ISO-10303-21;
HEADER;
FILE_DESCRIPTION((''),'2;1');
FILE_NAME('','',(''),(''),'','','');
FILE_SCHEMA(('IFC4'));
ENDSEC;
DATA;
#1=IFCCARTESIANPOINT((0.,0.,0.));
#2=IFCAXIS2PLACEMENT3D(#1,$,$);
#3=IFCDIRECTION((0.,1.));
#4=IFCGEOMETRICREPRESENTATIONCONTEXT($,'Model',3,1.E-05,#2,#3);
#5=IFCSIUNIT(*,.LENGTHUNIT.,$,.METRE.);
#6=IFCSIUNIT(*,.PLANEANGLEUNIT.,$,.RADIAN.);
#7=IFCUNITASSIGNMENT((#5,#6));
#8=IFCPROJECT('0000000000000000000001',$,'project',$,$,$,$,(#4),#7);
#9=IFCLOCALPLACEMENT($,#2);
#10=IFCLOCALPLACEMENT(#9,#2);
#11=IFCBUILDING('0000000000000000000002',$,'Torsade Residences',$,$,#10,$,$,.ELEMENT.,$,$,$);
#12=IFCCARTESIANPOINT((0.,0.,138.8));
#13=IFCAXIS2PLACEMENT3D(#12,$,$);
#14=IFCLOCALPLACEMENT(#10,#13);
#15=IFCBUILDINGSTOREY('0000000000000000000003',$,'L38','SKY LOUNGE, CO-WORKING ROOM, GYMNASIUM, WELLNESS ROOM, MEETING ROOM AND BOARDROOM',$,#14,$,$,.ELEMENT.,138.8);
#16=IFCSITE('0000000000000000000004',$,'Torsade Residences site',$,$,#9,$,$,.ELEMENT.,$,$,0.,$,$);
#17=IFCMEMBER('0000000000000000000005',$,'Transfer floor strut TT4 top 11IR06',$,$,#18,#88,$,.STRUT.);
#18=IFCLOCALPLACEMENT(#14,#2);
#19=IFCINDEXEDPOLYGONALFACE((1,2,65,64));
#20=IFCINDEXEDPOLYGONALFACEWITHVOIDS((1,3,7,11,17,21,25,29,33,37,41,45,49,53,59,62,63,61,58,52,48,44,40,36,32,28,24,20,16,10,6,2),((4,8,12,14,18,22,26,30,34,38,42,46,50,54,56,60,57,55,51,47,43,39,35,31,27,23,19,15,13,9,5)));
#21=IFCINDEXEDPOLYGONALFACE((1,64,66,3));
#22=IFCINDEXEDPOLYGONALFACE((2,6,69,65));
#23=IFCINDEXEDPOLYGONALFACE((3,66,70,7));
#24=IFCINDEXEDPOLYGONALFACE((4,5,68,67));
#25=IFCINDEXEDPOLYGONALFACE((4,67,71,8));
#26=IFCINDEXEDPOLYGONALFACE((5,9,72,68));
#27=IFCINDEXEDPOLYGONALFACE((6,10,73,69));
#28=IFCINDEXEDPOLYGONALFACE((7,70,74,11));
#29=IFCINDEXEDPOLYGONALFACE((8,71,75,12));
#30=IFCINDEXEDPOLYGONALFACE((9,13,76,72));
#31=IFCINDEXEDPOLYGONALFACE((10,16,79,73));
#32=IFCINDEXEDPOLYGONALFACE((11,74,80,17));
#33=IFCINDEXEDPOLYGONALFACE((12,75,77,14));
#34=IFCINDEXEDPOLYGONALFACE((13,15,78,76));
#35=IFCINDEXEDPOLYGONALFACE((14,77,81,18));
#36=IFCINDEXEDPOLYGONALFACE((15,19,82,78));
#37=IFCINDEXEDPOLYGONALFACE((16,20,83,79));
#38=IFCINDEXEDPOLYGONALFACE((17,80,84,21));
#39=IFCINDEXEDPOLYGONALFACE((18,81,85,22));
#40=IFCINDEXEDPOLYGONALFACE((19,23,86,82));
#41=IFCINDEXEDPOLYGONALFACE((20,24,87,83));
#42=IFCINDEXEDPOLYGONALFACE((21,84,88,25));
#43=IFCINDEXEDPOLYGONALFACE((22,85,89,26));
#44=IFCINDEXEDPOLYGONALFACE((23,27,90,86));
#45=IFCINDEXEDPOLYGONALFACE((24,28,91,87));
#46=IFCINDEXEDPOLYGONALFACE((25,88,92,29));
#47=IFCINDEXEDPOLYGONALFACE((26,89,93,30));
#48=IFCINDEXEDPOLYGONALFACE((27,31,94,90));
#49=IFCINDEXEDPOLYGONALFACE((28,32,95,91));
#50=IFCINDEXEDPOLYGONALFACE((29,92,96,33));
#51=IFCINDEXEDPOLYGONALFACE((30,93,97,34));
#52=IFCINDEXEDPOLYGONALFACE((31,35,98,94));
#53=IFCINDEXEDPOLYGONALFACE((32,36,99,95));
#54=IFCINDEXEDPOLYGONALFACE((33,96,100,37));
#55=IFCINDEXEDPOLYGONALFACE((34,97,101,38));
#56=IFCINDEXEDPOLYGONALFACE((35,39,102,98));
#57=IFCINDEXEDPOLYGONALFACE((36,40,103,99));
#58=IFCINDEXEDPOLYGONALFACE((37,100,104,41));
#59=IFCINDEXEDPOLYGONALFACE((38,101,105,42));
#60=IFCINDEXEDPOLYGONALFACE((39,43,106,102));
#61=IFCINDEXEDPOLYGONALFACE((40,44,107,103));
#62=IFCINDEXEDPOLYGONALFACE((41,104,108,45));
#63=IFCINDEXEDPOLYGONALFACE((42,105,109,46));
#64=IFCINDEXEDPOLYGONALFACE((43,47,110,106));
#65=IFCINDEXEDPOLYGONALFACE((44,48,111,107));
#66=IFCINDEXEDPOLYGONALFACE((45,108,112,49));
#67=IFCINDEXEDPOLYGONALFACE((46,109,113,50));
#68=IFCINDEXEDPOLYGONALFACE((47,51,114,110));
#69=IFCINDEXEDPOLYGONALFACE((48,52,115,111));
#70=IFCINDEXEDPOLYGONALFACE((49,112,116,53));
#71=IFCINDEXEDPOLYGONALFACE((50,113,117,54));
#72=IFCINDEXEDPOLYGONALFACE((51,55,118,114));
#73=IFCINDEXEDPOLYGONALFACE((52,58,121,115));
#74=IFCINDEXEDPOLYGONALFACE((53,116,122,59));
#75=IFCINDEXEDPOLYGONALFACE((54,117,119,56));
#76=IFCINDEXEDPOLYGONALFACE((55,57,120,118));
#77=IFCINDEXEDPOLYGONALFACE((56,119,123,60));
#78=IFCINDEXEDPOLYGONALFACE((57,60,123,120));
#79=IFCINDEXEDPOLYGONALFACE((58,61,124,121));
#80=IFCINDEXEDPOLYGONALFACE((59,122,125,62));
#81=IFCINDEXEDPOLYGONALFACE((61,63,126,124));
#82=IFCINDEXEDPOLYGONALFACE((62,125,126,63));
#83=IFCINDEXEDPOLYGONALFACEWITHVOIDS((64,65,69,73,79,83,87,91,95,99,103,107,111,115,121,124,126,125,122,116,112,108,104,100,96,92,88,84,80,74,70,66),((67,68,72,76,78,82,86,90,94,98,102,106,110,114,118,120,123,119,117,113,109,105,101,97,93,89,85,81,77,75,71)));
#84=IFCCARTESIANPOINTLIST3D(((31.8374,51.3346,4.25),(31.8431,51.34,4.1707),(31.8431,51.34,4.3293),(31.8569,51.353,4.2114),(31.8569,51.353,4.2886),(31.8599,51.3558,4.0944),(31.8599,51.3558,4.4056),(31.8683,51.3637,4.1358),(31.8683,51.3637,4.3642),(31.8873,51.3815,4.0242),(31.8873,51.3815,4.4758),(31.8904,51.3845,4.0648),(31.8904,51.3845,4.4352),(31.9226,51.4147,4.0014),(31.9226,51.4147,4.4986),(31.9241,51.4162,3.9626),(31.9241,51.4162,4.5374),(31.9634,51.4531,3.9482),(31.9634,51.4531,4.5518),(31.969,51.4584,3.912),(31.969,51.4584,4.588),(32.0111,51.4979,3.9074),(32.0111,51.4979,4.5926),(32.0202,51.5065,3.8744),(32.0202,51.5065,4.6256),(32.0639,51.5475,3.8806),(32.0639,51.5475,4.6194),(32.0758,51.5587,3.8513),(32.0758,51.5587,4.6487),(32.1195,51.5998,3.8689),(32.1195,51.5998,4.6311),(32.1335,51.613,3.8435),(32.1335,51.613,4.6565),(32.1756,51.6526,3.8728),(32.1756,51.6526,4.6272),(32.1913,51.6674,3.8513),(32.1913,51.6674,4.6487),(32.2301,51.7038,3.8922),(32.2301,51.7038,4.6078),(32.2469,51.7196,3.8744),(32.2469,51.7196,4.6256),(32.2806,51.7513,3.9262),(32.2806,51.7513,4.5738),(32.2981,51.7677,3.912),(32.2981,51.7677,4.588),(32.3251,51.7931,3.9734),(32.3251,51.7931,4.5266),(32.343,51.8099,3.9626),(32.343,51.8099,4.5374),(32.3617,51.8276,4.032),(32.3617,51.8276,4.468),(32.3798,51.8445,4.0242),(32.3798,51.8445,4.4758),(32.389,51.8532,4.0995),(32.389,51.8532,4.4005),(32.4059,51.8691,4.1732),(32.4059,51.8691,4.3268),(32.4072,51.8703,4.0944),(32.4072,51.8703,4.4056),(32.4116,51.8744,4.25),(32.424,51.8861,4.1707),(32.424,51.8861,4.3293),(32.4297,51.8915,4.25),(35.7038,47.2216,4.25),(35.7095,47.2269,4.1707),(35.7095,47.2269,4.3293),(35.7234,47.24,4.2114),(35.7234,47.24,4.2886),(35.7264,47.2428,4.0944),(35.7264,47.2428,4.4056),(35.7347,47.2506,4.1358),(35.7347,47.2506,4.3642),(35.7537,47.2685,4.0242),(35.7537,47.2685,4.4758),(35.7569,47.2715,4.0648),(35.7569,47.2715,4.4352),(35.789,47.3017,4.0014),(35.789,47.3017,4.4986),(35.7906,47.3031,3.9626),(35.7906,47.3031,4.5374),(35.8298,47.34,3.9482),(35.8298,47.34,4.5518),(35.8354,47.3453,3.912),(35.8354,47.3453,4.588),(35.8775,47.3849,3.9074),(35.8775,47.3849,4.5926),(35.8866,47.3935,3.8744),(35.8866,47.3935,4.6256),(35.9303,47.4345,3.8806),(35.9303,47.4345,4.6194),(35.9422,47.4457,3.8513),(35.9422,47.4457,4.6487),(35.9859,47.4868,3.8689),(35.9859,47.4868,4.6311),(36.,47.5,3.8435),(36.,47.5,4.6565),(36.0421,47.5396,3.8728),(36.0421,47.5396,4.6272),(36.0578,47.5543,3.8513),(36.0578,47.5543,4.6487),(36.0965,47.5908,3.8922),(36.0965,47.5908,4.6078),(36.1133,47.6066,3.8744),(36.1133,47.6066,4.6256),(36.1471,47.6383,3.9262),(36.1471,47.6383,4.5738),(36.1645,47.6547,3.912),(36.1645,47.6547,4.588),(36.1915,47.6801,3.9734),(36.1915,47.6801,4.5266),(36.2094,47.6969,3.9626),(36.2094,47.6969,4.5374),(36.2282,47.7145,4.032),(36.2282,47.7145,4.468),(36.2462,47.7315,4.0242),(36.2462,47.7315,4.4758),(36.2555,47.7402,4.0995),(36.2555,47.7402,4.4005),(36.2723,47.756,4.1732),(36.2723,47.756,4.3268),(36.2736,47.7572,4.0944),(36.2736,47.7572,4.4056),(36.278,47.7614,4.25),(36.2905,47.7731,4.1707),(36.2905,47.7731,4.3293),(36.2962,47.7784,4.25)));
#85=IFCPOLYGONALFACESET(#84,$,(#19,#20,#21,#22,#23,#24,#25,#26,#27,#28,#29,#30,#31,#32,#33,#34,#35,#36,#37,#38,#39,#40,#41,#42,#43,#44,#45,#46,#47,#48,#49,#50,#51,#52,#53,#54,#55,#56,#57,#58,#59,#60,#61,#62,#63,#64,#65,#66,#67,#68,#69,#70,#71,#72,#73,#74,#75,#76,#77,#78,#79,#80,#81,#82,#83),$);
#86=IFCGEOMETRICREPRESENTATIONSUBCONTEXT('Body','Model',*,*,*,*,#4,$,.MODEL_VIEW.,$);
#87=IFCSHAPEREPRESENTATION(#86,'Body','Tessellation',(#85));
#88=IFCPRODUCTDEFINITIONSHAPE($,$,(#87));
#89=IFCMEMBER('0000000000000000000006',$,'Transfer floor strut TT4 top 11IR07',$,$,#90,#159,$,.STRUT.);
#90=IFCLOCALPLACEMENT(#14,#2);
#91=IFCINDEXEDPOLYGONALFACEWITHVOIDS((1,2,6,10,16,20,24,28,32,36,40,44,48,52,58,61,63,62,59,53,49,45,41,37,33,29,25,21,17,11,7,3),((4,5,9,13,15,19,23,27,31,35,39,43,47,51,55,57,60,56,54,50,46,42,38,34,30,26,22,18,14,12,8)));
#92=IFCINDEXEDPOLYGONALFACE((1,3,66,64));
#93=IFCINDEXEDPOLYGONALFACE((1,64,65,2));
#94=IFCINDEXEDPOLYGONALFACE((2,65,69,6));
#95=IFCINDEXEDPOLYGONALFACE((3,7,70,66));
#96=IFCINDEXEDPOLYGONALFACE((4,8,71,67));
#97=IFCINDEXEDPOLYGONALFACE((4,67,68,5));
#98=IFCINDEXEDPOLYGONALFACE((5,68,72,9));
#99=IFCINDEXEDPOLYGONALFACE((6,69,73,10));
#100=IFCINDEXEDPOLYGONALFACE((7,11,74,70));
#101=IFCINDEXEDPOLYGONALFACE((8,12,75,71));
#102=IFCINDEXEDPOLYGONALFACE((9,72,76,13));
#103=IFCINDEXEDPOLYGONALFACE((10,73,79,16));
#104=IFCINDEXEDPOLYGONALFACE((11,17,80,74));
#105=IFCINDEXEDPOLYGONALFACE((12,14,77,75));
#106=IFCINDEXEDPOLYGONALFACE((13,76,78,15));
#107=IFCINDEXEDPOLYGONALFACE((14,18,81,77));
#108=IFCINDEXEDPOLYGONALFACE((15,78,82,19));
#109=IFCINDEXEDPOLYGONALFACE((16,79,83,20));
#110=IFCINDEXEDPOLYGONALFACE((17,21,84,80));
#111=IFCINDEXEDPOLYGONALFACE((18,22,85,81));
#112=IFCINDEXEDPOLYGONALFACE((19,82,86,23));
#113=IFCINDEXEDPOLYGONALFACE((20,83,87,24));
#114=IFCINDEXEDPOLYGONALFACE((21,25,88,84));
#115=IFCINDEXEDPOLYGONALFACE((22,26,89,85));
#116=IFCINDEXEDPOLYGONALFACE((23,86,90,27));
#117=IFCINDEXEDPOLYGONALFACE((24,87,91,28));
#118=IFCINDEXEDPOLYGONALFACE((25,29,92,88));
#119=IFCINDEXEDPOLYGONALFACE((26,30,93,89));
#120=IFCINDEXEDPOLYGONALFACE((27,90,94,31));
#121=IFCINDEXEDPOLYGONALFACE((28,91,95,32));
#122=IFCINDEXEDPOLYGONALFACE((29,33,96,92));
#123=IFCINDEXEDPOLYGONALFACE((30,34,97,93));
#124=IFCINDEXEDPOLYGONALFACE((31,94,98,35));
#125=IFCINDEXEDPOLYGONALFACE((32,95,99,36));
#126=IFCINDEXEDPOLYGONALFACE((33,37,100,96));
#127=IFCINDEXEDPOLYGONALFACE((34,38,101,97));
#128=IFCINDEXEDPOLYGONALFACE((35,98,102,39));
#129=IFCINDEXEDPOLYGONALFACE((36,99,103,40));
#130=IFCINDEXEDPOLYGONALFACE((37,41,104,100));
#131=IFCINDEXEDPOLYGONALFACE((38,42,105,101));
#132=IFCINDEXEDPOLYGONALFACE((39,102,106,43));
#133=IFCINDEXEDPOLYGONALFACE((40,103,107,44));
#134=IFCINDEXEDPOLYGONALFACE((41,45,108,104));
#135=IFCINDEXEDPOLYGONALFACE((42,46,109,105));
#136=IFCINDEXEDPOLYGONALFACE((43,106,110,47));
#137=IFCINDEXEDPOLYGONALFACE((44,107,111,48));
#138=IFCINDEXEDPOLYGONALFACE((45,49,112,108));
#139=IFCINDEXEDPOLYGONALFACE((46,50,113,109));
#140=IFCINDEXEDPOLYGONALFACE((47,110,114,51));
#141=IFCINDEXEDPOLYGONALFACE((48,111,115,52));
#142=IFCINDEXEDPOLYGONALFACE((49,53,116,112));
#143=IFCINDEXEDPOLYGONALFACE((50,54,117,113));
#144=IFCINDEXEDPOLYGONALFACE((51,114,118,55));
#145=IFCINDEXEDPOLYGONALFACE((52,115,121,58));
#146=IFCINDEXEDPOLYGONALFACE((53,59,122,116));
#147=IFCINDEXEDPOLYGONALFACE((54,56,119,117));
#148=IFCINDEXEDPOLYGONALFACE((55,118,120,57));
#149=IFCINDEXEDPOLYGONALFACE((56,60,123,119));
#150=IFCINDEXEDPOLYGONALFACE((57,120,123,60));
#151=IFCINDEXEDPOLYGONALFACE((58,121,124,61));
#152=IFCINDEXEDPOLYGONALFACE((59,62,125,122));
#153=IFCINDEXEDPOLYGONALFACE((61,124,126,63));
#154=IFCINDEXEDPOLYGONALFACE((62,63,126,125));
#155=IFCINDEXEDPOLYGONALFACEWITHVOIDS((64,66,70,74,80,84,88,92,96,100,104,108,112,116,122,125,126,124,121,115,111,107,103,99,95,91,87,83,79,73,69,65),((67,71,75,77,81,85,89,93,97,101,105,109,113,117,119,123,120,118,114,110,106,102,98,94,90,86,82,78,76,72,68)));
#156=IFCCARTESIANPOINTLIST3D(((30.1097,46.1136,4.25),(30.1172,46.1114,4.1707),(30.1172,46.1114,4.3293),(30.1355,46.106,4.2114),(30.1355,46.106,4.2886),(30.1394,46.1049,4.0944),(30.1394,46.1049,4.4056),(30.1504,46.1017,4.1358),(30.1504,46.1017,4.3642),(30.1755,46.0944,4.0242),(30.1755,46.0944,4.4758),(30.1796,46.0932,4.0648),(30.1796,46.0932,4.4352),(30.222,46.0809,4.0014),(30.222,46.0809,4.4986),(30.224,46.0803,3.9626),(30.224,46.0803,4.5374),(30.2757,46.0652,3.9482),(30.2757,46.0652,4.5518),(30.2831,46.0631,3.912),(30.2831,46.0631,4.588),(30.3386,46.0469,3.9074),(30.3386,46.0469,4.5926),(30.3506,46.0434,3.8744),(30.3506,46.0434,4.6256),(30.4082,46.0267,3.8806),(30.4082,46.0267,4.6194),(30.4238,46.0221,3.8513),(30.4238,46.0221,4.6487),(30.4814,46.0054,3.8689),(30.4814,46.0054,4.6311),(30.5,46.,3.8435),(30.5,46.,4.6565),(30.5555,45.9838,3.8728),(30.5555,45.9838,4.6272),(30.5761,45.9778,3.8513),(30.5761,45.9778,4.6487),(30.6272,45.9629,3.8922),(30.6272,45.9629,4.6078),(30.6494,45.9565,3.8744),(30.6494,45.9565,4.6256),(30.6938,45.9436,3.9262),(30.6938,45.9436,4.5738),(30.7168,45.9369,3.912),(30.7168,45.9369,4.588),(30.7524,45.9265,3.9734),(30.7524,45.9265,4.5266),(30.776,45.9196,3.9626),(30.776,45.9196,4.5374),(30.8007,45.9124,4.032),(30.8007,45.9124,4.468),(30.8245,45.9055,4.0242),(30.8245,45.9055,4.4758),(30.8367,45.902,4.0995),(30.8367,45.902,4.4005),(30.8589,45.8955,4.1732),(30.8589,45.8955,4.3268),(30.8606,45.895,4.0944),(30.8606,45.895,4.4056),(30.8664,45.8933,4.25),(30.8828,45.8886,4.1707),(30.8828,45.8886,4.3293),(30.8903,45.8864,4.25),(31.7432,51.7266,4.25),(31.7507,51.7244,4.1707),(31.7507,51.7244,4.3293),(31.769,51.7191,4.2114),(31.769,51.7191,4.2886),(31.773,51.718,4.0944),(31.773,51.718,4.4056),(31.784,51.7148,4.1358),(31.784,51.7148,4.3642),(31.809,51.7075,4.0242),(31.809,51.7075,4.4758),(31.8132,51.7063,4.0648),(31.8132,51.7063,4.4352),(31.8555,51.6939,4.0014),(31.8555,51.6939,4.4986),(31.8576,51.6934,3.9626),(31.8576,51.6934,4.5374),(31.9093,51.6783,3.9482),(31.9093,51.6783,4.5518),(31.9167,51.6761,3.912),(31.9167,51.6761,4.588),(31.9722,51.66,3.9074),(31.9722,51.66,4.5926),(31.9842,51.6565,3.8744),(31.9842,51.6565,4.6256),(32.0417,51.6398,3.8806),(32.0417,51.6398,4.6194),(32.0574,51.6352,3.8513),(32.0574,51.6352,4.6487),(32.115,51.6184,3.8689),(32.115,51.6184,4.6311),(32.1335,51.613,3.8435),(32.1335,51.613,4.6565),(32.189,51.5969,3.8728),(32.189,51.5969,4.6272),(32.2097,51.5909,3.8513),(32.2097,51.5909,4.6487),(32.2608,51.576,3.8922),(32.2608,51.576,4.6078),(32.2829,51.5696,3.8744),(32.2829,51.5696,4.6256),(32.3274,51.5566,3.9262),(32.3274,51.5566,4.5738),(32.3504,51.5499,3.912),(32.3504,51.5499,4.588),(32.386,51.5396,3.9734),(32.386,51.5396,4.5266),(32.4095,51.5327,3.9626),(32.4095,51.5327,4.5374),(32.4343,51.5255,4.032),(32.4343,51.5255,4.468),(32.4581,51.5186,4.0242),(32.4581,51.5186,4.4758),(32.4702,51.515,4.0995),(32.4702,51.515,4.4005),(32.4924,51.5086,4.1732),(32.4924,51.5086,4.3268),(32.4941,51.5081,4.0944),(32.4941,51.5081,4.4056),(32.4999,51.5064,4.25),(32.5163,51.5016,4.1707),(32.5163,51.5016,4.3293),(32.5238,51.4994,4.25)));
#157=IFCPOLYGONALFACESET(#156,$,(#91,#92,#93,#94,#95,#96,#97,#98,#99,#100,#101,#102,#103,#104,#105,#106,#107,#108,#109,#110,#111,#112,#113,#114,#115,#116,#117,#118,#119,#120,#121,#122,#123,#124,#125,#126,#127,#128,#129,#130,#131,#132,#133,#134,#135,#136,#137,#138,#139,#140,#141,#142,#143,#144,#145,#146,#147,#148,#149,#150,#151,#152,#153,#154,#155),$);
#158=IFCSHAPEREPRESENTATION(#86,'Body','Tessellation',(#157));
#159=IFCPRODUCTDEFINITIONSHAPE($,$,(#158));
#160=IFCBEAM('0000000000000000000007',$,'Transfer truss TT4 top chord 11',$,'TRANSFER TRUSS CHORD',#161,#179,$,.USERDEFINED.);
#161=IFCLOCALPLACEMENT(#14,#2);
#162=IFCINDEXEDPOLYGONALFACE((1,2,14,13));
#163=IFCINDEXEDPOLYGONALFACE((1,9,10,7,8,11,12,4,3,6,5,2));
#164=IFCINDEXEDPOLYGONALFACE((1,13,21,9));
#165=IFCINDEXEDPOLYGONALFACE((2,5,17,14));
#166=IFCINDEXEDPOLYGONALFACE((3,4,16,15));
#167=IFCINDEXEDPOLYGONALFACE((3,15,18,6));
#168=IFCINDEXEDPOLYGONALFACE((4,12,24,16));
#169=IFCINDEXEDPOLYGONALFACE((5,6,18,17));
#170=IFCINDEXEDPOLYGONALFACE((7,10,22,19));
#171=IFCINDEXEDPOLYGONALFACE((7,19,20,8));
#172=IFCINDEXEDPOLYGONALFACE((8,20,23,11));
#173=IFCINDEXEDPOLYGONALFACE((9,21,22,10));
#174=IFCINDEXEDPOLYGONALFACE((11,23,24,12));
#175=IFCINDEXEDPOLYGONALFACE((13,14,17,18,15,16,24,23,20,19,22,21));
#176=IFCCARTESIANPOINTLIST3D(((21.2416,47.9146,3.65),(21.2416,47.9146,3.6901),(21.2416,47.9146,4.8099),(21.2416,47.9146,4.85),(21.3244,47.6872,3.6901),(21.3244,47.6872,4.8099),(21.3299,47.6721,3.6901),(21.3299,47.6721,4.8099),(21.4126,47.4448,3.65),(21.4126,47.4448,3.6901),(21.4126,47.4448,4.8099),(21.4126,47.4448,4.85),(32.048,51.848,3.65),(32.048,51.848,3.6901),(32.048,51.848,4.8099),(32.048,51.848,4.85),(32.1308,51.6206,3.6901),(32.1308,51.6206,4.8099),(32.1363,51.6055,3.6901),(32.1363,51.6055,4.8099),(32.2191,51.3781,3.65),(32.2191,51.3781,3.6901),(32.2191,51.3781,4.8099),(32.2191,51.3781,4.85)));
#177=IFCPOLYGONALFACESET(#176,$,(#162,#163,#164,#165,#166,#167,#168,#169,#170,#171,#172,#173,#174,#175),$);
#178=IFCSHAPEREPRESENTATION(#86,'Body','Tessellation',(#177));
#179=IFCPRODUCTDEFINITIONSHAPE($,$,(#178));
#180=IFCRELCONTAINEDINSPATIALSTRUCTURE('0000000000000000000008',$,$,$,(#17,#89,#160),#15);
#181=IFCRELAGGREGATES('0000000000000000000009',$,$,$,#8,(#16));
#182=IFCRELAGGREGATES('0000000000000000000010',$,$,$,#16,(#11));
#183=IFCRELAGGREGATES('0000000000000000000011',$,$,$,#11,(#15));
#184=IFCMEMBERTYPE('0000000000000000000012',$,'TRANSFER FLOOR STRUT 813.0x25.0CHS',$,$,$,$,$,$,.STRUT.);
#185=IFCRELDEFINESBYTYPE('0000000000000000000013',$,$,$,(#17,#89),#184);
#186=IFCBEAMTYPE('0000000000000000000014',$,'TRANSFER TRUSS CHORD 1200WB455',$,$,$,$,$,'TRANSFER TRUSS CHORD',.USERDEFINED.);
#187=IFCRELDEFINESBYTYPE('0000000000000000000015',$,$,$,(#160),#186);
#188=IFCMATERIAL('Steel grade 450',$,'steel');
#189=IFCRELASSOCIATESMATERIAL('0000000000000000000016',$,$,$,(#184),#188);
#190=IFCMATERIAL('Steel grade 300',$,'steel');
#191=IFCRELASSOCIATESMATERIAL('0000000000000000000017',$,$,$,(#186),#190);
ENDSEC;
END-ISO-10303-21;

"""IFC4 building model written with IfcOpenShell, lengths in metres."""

from ifc_helpers import new_model, si_unit, direction, frame, origin, origin_2d, place, context, subcontext, project, spatial, hollow_circle, i_section, extrude, material, material_profile, profile_set, type_object, element, save


model = new_model("IFC4")

# Units and contexts
model_context = context("Model", 3, precision=1e-05, world=origin(), true_north=direction((0.0, 1.0)))
body_context = subcontext(model_context, "Body", "Model", "MODEL_VIEW")
ifc_project = project(units=[si_unit("LENGTHUNIT", "METRE"), si_unit("PLANEANGLEUNIT", "RADIAN")], contexts=[model_context])

# Site, building, storey
site_placement = place(None, origin())
site = spatial("IfcSite", under=ifc_project, at=site_placement, Name="Torsade Residences site", CompositionType="ELEMENT", RefElevation=0.0)
building_placement = place(site_placement, origin())
building = spatial("IfcBuilding", under=site, at=building_placement, Name="Torsade Residences", CompositionType="ELEMENT")
storey_placement = place(building_placement, frame((0.0, 0.0, 138.8)))
storey = spatial("IfcBuildingStorey", under=building, at=storey_placement, Name="L38", Description="SKY LOUNGE, CO-WORKING ROOM, GYMNASIUM, WELLNESS ROOM, MEETING ROOM AND BOARDROOM", CompositionType="ELEMENT", Elevation=138.8)

# Members
ifc_material_1 = material(Name="Steel grade 450", Category="steel")
ifc_material_profile_1 = material_profile(ifc_material_1, hollow_circle(Radius=0.4065, WallThickness=0.0249, at=origin_2d()), Name="813.0x25.0CHS")
ifc_profile_set_1 = profile_set([ifc_material_profile_1], Name="Steel grade 450")
member_type_1 = type_object("IfcMemberType", Name="TRANSFER FLOOR STRUT 813.0x25.0CHS", PredefinedType="STRUT", material=ifc_profile_set_1)
member_1_placement = place(storey_placement, frame((32.1335, 51.613, 4.25), z_axis=(0.684929, -0.72861, 0.0), x_axis=(0.72861, 0.684929, 0.0)))
element("IfcMember", 1, at=member_1_placement, inside=storey, type_object=member_type_1, Name="Transfer floor strut TT4 top 11IR06", PredefinedType="STRUT", context=body_context, shape_type="SweptSolid", body=[
    extrude(hollow_circle(Radius=0.4065, WallThickness=0.0249, at=origin_2d()), origin(), (0.0, 0.0, 1.0), 5.645),
])
member_2_placement = place(storey_placement, frame((32.1335, 51.613, 4.25), z_axis=(-0.279434, -0.960165, 0.0), x_axis=(0.960165, -0.279434, 0.0)))
element("IfcMember", 2, at=member_2_placement, inside=storey, type_object=member_type_1, Name="Transfer floor strut TT4 top 11IR07", PredefinedType="STRUT", context=body_context, shape_type="SweptSolid", body=[
    extrude(hollow_circle(Radius=0.4065, WallThickness=0.0249, at=origin_2d()), origin(), (0.0, 0.0, 1.0), 5.8459),
])

# Beam
ifc_material_2 = material(Name="Steel grade 300", Category="steel")
ifc_material_profile_2 = material_profile(ifc_material_2, i_section(OverallWidth=0.5, OverallDepth=1.2, WebThickness=0.0161, FlangeThickness=0.04, at=origin_2d()), Name="1200WB455")
ifc_profile_set_2 = profile_set([ifc_material_profile_2], Name="Steel grade 300")
beam_type_1 = type_object("IfcBeamType", Name="TRANSFER TRUSS CHORD 1200WB455", ElementType="TRANSFER TRUSS CHORD", PredefinedType="USERDEFINED", material=ifc_profile_set_2)
beam_1_placement = place(storey_placement, frame((32.1335, 51.613, 4.25), z_axis=(-0.939689, -0.342031, 0.0), x_axis=(0.342031, -0.939689, 0.0)))
element("IfcBeam", 3, at=beam_1_placement, inside=storey, type_object=beam_type_1, Name="Transfer truss TT4 top chord 11", ObjectType="TRANSFER TRUSS CHORD", PredefinedType="USERDEFINED", context=body_context, shape_type="SweptSolid", body=[
    extrude(i_section(OverallWidth=0.5, OverallDepth=1.2, WebThickness=0.0161, FlangeThickness=0.04, at=origin_2d()), origin(), (0.0, 0.0, 1.0), 11.5),
])

save(model, "model.ifc")
